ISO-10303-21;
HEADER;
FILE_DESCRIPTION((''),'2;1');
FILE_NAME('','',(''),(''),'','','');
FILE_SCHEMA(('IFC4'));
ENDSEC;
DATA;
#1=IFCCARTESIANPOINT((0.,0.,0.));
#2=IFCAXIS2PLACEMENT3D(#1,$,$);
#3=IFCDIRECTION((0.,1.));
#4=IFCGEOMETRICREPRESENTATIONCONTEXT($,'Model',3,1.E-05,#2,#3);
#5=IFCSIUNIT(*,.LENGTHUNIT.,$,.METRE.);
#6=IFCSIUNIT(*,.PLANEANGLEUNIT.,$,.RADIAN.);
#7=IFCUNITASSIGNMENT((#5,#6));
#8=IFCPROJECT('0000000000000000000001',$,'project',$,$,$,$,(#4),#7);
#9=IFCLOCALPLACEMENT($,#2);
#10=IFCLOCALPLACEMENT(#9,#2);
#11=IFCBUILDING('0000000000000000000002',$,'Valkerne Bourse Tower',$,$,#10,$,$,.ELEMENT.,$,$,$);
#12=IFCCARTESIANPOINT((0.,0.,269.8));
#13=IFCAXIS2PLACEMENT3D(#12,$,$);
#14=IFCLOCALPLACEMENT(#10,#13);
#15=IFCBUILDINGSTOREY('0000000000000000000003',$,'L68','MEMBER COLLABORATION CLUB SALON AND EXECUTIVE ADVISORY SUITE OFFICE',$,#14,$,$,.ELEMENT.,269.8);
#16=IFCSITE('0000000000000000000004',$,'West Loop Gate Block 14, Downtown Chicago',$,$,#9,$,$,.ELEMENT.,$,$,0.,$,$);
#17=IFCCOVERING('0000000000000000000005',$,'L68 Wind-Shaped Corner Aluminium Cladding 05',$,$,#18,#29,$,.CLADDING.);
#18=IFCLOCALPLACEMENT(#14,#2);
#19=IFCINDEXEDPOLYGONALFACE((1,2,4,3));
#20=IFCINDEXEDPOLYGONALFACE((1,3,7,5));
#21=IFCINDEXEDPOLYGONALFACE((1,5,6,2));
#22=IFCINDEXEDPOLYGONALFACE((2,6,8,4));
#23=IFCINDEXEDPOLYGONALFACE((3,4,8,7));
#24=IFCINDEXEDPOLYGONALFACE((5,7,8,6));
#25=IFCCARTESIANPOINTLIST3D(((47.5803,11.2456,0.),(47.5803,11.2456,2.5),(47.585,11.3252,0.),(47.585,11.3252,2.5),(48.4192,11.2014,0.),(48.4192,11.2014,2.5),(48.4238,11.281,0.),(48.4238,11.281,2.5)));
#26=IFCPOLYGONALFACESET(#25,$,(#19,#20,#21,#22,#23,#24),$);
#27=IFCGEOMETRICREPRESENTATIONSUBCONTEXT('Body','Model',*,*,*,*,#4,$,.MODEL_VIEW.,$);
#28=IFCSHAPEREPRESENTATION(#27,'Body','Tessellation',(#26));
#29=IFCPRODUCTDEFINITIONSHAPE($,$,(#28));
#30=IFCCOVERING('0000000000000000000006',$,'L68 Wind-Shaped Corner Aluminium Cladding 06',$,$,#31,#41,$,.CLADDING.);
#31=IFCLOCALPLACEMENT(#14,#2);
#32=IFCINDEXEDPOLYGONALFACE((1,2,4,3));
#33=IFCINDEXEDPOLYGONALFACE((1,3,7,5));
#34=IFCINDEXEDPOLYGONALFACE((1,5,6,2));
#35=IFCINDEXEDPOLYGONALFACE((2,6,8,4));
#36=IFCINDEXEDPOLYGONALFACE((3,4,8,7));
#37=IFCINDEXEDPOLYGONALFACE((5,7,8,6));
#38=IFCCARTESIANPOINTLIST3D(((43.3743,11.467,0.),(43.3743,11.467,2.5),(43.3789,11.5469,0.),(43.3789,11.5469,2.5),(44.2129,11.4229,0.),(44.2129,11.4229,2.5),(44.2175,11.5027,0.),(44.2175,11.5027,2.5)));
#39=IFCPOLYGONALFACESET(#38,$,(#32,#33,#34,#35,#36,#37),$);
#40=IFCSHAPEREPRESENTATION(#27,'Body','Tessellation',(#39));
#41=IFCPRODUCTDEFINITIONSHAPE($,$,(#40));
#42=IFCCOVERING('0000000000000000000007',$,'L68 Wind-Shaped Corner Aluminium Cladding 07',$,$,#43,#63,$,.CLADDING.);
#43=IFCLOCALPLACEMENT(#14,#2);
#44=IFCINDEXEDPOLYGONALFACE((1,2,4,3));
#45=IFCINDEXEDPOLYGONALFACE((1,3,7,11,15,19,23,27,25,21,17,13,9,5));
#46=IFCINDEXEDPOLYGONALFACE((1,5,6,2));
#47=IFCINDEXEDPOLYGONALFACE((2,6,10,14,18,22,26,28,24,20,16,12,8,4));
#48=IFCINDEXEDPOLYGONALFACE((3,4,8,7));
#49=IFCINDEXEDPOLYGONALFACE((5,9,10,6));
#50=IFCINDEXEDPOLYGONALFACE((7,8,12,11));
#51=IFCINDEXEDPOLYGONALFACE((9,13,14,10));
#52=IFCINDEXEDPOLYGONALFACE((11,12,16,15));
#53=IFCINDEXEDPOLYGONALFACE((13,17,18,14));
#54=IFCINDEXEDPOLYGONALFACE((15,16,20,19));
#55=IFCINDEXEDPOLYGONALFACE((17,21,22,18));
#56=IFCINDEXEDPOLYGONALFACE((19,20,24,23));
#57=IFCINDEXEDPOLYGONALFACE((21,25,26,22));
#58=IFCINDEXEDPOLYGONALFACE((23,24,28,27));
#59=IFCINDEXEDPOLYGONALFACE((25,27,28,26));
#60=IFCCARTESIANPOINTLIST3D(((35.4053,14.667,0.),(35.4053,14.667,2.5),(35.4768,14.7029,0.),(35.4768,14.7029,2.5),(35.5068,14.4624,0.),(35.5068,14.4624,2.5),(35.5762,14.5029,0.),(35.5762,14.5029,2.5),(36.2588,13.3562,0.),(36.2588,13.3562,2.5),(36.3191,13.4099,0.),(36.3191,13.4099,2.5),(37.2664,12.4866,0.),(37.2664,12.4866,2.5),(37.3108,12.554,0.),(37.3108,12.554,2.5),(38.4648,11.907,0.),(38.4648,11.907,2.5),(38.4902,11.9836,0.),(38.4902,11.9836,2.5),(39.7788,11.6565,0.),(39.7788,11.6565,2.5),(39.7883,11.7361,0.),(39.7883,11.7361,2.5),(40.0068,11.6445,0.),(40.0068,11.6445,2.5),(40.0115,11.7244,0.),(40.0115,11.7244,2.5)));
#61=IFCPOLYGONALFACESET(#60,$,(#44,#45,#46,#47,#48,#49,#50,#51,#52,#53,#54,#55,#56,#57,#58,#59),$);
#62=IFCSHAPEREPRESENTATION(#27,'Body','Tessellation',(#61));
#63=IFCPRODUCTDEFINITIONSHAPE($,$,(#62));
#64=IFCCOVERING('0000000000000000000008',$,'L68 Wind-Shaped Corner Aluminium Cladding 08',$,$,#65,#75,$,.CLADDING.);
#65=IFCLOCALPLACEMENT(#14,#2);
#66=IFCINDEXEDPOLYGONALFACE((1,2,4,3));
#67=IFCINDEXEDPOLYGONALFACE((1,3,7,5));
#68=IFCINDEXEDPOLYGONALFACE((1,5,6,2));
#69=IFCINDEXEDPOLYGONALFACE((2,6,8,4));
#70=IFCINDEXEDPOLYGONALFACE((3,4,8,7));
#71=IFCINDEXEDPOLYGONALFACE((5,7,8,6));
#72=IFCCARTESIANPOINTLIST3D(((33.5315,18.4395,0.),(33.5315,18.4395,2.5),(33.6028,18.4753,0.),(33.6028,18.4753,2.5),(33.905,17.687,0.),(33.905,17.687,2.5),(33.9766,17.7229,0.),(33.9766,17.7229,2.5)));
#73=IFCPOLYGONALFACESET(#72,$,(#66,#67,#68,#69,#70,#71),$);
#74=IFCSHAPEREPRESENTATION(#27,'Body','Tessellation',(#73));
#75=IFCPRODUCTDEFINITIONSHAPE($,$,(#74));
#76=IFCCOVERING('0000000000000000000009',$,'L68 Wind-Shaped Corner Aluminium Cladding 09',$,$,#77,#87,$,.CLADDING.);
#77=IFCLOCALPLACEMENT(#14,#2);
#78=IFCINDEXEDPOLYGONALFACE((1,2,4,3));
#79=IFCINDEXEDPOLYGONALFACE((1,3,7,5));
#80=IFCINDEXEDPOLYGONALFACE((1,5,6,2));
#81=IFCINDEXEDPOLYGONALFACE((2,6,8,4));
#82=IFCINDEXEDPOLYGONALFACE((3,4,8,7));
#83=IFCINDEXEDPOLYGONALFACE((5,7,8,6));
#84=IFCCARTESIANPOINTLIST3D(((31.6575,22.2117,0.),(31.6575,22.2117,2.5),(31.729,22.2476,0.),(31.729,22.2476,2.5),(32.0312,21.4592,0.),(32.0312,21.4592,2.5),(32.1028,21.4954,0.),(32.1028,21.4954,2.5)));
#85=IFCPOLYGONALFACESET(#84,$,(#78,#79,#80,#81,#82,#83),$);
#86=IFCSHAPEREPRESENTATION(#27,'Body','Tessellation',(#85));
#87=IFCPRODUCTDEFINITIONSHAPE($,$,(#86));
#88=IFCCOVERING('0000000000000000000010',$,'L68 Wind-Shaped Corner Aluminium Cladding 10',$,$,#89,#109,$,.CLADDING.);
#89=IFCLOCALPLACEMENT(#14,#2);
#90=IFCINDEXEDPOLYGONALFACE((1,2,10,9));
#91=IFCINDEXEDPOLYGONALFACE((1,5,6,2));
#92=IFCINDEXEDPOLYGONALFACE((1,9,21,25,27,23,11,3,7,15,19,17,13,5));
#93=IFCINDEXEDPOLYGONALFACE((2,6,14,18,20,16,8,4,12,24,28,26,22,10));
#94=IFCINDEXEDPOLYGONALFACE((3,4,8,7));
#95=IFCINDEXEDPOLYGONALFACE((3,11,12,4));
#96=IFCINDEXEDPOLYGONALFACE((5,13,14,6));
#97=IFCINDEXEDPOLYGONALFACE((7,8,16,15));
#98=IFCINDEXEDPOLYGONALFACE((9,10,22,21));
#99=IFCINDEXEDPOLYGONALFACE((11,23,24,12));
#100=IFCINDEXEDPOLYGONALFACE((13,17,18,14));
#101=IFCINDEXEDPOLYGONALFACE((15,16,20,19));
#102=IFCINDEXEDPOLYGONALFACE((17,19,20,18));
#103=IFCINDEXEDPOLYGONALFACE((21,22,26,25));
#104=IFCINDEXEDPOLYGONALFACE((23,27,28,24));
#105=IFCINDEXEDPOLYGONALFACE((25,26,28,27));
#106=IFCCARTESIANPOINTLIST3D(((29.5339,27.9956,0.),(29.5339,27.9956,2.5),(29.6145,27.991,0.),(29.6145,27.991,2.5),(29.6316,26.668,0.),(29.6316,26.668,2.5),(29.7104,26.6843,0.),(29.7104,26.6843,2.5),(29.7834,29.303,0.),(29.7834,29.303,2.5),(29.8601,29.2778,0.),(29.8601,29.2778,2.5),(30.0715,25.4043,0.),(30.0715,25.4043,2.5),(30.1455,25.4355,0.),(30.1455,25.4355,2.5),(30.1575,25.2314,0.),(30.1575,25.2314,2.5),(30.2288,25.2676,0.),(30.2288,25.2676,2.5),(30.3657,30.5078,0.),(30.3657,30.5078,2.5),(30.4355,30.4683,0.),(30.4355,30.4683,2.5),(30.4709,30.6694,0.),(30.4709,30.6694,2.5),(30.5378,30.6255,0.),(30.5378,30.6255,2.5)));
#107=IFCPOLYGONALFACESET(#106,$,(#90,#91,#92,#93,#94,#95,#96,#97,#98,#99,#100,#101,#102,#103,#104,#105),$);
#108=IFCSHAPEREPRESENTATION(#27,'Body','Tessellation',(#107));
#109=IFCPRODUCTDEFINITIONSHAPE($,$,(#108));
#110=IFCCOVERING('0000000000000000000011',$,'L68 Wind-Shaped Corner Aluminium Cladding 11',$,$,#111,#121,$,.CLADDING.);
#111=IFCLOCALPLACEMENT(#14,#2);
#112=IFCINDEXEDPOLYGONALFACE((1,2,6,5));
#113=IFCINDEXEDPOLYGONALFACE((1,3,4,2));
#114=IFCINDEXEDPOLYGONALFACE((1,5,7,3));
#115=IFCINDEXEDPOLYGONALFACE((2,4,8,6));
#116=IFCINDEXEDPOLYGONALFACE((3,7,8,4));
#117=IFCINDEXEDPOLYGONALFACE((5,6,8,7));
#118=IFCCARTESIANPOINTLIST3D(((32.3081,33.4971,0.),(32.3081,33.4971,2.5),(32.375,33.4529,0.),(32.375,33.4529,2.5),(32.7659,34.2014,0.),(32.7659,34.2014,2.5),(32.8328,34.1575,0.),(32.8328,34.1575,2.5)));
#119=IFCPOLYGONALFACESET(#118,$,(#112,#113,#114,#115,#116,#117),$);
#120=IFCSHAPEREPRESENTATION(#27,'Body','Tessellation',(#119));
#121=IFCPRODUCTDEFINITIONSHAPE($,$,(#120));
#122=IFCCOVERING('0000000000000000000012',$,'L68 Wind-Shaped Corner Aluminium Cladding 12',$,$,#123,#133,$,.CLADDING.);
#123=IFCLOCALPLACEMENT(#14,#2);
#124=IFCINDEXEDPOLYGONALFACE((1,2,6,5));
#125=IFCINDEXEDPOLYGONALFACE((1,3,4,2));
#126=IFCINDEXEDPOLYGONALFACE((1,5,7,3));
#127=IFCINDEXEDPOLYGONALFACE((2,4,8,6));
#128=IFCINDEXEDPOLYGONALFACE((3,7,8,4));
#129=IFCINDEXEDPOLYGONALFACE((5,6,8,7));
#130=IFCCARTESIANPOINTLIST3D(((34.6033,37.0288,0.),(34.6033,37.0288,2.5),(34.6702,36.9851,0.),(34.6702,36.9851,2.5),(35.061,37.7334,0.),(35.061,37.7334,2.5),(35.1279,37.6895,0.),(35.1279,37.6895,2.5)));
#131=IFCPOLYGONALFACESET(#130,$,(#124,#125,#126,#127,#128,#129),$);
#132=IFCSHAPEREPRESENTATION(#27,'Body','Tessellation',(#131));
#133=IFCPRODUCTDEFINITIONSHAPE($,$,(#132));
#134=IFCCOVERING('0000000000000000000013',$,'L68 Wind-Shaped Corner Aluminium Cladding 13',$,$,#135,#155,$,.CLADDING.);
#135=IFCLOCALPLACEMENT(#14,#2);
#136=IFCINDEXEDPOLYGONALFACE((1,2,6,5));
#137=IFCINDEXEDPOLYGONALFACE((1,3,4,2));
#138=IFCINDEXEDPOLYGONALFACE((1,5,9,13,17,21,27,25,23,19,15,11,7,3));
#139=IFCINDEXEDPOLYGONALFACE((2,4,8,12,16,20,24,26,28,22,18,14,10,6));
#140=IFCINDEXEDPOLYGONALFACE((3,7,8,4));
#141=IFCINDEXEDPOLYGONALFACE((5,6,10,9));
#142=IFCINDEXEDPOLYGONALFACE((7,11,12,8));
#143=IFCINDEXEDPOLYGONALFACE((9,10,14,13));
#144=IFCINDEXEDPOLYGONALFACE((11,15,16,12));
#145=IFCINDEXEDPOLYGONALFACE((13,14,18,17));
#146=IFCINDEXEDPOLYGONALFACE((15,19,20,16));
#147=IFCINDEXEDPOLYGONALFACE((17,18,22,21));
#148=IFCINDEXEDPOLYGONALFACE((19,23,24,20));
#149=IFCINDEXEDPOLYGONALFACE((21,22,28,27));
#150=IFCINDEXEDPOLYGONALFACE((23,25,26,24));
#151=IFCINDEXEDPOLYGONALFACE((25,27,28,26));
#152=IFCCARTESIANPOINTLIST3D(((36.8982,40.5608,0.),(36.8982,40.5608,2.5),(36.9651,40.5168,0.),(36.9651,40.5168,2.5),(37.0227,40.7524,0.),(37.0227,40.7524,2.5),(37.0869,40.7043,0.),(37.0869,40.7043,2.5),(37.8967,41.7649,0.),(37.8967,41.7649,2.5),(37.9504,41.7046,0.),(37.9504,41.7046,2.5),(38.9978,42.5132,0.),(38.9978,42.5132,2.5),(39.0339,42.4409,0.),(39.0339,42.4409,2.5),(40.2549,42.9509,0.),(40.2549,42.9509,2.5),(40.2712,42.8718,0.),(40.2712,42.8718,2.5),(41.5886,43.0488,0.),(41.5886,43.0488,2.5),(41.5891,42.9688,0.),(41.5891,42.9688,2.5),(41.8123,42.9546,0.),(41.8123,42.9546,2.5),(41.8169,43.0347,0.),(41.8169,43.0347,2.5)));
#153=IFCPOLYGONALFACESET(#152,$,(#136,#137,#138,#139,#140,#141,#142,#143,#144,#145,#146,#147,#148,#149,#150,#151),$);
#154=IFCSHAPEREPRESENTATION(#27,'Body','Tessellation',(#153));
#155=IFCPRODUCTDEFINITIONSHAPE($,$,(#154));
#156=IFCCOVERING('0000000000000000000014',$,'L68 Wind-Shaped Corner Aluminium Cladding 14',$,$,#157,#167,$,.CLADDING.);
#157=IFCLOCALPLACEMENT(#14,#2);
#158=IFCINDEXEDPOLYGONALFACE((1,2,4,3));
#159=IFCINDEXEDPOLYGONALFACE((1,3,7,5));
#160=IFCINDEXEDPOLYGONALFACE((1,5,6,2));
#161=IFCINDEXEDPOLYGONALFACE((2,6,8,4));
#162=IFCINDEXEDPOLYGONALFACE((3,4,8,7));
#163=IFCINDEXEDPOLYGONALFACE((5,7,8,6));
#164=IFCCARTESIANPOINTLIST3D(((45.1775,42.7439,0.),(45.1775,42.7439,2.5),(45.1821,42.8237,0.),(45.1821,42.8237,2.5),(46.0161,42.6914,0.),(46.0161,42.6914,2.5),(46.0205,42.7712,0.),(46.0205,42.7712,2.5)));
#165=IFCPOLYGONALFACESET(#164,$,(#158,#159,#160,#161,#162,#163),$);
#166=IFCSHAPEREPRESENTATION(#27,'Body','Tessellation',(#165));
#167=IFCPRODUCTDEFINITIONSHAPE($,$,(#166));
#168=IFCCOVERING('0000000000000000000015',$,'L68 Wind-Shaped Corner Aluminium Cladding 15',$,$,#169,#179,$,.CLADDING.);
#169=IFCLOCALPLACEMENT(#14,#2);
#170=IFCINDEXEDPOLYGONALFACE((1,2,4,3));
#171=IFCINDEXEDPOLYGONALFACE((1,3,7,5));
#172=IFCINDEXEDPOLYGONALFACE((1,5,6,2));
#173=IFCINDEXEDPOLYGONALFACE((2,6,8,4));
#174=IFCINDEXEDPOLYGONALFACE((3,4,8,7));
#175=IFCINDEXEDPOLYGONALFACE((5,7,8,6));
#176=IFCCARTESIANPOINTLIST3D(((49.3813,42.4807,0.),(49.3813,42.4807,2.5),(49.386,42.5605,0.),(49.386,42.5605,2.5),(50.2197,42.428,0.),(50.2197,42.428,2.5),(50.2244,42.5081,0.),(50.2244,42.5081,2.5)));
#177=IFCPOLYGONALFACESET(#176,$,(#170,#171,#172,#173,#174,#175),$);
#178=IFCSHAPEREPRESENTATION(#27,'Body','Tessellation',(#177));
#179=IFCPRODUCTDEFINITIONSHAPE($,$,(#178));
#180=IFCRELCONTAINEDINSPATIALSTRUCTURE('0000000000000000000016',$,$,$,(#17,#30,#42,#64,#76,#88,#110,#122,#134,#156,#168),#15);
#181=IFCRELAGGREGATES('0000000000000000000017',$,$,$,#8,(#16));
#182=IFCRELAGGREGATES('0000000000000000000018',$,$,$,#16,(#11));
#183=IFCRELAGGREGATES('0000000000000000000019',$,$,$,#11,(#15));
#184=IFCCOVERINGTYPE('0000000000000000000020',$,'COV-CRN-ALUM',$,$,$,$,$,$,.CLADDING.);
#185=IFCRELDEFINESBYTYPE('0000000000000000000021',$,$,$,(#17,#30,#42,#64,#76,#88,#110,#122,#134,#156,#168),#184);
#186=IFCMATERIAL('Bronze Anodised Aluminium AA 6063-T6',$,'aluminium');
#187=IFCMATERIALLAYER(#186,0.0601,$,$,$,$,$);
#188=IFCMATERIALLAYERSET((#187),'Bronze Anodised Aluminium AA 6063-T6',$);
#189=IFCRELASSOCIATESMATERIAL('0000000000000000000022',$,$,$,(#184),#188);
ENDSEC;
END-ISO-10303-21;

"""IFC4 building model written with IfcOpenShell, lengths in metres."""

from ifc_helpers import new_model, si_unit, direction, frame, origin, place, context, subcontext, project, spatial, polyline, outline, extrude, material, layer, layer_set, type_object, element, save


model = new_model("IFC4")

# Units and contexts
model_context = context("Model", 3, precision=1e-05, world=origin(), true_north=direction((0.0, 1.0)))
body_context = subcontext(model_context, "Body", "Model", "MODEL_VIEW")
ifc_project = project(units=[si_unit("LENGTHUNIT", "METRE"), si_unit("PLANEANGLEUNIT", "RADIAN")], contexts=[model_context])

# Site, building, storey
site_placement = place(None, origin())
site = spatial("IfcSite", under=ifc_project, at=site_placement, Name="West Loop Gate Block 14, Downtown Chicago", CompositionType="ELEMENT", RefElevation=0.0)
building_placement = place(site_placement, origin())
building = spatial("IfcBuilding", under=site, at=building_placement, Name="Valkerne Bourse Tower", CompositionType="ELEMENT")
storey_placement = place(building_placement, frame((0.0, 0.0, 269.8)))
storey = spatial("IfcBuildingStorey", under=building, at=storey_placement, Name="L68", Description="MEMBER COLLABORATION CLUB SALON AND EXECUTIVE ADVISORY SUITE OFFICE", CompositionType="ELEMENT", Elevation=269.8)

# Coverings
ifc_material_1 = material(Name="Bronze Anodised Aluminium AA 6063-T6", Category="aluminium")
ifc_layer_1 = layer(ifc_material_1, 0.0601)
ifc_layer_set_1 = layer_set([ifc_layer_1], Name="Bronze Anodised Aluminium AA 6063-T6")
covering_type_1 = type_object("IfcCoveringType", Name="COV-CRN-ALUM", PredefinedType="CLADDING", material=ifc_layer_set_1)
covering_1_placement = place(storey_placement, origin())
element("IfcCovering", 1, at=covering_1_placement, inside=storey, type_object=covering_type_1, Name="L68 Wind-Shaped Corner Aluminium Cladding 05", PredefinedType="CLADDING", context=body_context, shape_type="SweptSolid", body=[
    extrude(outline(polyline([(47.5803, 11.2456), (47.585, 11.3252), (48.4238, 11.281), (48.4192, 11.2014), (47.5803, 11.2456)])), origin(), (0.0, 0.0, 1.0), 2.5),
])
covering_2_placement = place(storey_placement, origin())
element("IfcCovering", 2, at=covering_2_placement, inside=storey, type_object=covering_type_1, Name="L68 Wind-Shaped Corner Aluminium Cladding 06", PredefinedType="CLADDING", context=body_context, shape_type="SweptSolid", body=[
    extrude(outline(polyline([(43.3743, 11.467), (43.3789, 11.5469), (44.2175, 11.5027), (44.2129, 11.4229), (43.3743, 11.467)])), origin(), (0.0, 0.0, 1.0), 2.5),
])
covering_3_placement = place(storey_placement, origin())
element("IfcCovering", 3, at=covering_3_placement, inside=storey, type_object=covering_type_1, Name="L68 Wind-Shaped Corner Aluminium Cladding 07", PredefinedType="CLADDING", context=body_context, shape_type="SweptSolid", body=[
    extrude(outline(polyline([(39.7788, 11.6565), (38.4648, 11.907), (37.2664, 12.4866), (36.2588, 13.3562), (35.5068, 14.4624), (35.4053, 14.667), (35.4768, 14.7029), (35.5762, 14.5029), (36.3191, 13.4099), (37.3108, 12.554), (38.4902, 11.9836), (39.7883, 11.7361), (40.0115, 11.7244), (40.0068, 11.6445), (39.7788, 11.6565)])), origin(), (0.0, 0.0, 1.0), 2.5),
])
covering_4_placement = place(storey_placement, origin())
element("IfcCovering", 4, at=covering_4_placement, inside=storey, type_object=covering_type_1, Name="L68 Wind-Shaped Corner Aluminium Cladding 08", PredefinedType="CLADDING", context=body_context, shape_type="SweptSolid", body=[
    extrude(outline(polyline([(33.5315, 18.4395), (33.6028, 18.4753), (33.9766, 17.7229), (33.905, 17.687), (33.5315, 18.4395)])), origin(), (0.0, 0.0, 1.0), 2.5),
])
covering_5_placement = place(storey_placement, origin())
element("IfcCovering", 5, at=covering_5_placement, inside=storey, type_object=covering_type_1, Name="L68 Wind-Shaped Corner Aluminium Cladding 09", PredefinedType="CLADDING", context=body_context, shape_type="SweptSolid", body=[
    extrude(outline(polyline([(31.6575, 22.2117), (31.729, 22.2476), (32.1028, 21.4954), (32.0312, 21.4592), (31.6575, 22.2117)])), origin(), (0.0, 0.0, 1.0), 2.5),
])
covering_6_placement = place(storey_placement, origin())
element("IfcCovering", 6, at=covering_6_placement, inside=storey, type_object=covering_type_1, Name="L68 Wind-Shaped Corner Aluminium Cladding 10", PredefinedType="CLADDING", context=body_context, shape_type="SweptSolid", body=[
    extrude(outline(polyline([(30.0715, 25.4043), (29.6316, 26.668), (29.5339, 27.9956), (29.7834, 29.303), (30.3657, 30.5078), (30.4709, 30.6694), (30.5378, 30.6255), (30.4355, 30.4683), (29.8601, 29.2778), (29.6145, 27.991), (29.7104, 26.6843), (30.1455, 25.4355), (30.2288, 25.2676), (30.1575, 25.2314), (30.0715, 25.4043)])), origin(), (0.0, 0.0, 1.0), 2.5),
])
covering_7_placement = place(storey_placement, origin())
element("IfcCovering", 7, at=covering_7_placement, inside=storey, type_object=covering_type_1, Name="L68 Wind-Shaped Corner Aluminium Cladding 11", PredefinedType="CLADDING", context=body_context, shape_type="SweptSolid", body=[
    extrude(outline(polyline([(32.7659, 34.2014), (32.8328, 34.1575), (32.375, 33.4529), (32.3081, 33.4971), (32.7659, 34.2014)])), origin(), (0.0, 0.0, 1.0), 2.5),
])
covering_8_placement = place(storey_placement, origin())
element("IfcCovering", 8, at=covering_8_placement, inside=storey, type_object=covering_type_1, Name="L68 Wind-Shaped Corner Aluminium Cladding 12", PredefinedType="CLADDING", context=body_context, shape_type="SweptSolid", body=[
    extrude(outline(polyline([(35.061, 37.7334), (35.1279, 37.6895), (34.6702, 36.9851), (34.6033, 37.0288), (35.061, 37.7334)])), origin(), (0.0, 0.0, 1.0), 2.5),
])
covering_9_placement = place(storey_placement, origin())
element("IfcCovering", 9, at=covering_9_placement, inside=storey, type_object=covering_type_1, Name="L68 Wind-Shaped Corner Aluminium Cladding 13", PredefinedType="CLADDING", context=body_context, shape_type="SweptSolid", body=[
    extrude(outline(polyline([(37.0227, 40.7524), (37.8967, 41.7649), (38.9978, 42.5132), (40.2549, 42.9509), (41.5886, 43.0488), (41.8169, 43.0347), (41.8123, 42.9546), (41.5891, 42.9688), (40.2712, 42.8718), (39.0339, 42.4409), (37.9504, 41.7046), (37.0869, 40.7043), (36.9651, 40.5168), (36.8982, 40.5608), (37.0227, 40.7524)])), origin(), (0.0, 0.0, 1.0), 2.5),
])
covering_10_placement = place(storey_placement, origin())
element("IfcCovering", 10, at=covering_10_placement, inside=storey, type_object=covering_type_1, Name="L68 Wind-Shaped Corner Aluminium Cladding 14", PredefinedType="CLADDING", context=body_context, shape_type="SweptSolid", body=[
    extrude(outline(polyline([(46.0205, 42.7712), (46.0161, 42.6914), (45.1775, 42.7439), (45.1821, 42.8237), (46.0205, 42.7712)])), origin(), (0.0, 0.0, 1.0), 2.5),
])
covering_11_placement = place(storey_placement, origin())
element("IfcCovering", 11, at=covering_11_placement, inside=storey, type_object=covering_type_1, Name="L68 Wind-Shaped Corner Aluminium Cladding 15", PredefinedType="CLADDING", context=body_context, shape_type="SweptSolid", body=[
    extrude(outline(polyline([(50.2244, 42.5081), (50.2197, 42.428), (49.3813, 42.4807), (49.386, 42.5605), (50.2244, 42.5081)])), origin(), (0.0, 0.0, 1.0), 2.5),
])

save(model, "model.ifc")
